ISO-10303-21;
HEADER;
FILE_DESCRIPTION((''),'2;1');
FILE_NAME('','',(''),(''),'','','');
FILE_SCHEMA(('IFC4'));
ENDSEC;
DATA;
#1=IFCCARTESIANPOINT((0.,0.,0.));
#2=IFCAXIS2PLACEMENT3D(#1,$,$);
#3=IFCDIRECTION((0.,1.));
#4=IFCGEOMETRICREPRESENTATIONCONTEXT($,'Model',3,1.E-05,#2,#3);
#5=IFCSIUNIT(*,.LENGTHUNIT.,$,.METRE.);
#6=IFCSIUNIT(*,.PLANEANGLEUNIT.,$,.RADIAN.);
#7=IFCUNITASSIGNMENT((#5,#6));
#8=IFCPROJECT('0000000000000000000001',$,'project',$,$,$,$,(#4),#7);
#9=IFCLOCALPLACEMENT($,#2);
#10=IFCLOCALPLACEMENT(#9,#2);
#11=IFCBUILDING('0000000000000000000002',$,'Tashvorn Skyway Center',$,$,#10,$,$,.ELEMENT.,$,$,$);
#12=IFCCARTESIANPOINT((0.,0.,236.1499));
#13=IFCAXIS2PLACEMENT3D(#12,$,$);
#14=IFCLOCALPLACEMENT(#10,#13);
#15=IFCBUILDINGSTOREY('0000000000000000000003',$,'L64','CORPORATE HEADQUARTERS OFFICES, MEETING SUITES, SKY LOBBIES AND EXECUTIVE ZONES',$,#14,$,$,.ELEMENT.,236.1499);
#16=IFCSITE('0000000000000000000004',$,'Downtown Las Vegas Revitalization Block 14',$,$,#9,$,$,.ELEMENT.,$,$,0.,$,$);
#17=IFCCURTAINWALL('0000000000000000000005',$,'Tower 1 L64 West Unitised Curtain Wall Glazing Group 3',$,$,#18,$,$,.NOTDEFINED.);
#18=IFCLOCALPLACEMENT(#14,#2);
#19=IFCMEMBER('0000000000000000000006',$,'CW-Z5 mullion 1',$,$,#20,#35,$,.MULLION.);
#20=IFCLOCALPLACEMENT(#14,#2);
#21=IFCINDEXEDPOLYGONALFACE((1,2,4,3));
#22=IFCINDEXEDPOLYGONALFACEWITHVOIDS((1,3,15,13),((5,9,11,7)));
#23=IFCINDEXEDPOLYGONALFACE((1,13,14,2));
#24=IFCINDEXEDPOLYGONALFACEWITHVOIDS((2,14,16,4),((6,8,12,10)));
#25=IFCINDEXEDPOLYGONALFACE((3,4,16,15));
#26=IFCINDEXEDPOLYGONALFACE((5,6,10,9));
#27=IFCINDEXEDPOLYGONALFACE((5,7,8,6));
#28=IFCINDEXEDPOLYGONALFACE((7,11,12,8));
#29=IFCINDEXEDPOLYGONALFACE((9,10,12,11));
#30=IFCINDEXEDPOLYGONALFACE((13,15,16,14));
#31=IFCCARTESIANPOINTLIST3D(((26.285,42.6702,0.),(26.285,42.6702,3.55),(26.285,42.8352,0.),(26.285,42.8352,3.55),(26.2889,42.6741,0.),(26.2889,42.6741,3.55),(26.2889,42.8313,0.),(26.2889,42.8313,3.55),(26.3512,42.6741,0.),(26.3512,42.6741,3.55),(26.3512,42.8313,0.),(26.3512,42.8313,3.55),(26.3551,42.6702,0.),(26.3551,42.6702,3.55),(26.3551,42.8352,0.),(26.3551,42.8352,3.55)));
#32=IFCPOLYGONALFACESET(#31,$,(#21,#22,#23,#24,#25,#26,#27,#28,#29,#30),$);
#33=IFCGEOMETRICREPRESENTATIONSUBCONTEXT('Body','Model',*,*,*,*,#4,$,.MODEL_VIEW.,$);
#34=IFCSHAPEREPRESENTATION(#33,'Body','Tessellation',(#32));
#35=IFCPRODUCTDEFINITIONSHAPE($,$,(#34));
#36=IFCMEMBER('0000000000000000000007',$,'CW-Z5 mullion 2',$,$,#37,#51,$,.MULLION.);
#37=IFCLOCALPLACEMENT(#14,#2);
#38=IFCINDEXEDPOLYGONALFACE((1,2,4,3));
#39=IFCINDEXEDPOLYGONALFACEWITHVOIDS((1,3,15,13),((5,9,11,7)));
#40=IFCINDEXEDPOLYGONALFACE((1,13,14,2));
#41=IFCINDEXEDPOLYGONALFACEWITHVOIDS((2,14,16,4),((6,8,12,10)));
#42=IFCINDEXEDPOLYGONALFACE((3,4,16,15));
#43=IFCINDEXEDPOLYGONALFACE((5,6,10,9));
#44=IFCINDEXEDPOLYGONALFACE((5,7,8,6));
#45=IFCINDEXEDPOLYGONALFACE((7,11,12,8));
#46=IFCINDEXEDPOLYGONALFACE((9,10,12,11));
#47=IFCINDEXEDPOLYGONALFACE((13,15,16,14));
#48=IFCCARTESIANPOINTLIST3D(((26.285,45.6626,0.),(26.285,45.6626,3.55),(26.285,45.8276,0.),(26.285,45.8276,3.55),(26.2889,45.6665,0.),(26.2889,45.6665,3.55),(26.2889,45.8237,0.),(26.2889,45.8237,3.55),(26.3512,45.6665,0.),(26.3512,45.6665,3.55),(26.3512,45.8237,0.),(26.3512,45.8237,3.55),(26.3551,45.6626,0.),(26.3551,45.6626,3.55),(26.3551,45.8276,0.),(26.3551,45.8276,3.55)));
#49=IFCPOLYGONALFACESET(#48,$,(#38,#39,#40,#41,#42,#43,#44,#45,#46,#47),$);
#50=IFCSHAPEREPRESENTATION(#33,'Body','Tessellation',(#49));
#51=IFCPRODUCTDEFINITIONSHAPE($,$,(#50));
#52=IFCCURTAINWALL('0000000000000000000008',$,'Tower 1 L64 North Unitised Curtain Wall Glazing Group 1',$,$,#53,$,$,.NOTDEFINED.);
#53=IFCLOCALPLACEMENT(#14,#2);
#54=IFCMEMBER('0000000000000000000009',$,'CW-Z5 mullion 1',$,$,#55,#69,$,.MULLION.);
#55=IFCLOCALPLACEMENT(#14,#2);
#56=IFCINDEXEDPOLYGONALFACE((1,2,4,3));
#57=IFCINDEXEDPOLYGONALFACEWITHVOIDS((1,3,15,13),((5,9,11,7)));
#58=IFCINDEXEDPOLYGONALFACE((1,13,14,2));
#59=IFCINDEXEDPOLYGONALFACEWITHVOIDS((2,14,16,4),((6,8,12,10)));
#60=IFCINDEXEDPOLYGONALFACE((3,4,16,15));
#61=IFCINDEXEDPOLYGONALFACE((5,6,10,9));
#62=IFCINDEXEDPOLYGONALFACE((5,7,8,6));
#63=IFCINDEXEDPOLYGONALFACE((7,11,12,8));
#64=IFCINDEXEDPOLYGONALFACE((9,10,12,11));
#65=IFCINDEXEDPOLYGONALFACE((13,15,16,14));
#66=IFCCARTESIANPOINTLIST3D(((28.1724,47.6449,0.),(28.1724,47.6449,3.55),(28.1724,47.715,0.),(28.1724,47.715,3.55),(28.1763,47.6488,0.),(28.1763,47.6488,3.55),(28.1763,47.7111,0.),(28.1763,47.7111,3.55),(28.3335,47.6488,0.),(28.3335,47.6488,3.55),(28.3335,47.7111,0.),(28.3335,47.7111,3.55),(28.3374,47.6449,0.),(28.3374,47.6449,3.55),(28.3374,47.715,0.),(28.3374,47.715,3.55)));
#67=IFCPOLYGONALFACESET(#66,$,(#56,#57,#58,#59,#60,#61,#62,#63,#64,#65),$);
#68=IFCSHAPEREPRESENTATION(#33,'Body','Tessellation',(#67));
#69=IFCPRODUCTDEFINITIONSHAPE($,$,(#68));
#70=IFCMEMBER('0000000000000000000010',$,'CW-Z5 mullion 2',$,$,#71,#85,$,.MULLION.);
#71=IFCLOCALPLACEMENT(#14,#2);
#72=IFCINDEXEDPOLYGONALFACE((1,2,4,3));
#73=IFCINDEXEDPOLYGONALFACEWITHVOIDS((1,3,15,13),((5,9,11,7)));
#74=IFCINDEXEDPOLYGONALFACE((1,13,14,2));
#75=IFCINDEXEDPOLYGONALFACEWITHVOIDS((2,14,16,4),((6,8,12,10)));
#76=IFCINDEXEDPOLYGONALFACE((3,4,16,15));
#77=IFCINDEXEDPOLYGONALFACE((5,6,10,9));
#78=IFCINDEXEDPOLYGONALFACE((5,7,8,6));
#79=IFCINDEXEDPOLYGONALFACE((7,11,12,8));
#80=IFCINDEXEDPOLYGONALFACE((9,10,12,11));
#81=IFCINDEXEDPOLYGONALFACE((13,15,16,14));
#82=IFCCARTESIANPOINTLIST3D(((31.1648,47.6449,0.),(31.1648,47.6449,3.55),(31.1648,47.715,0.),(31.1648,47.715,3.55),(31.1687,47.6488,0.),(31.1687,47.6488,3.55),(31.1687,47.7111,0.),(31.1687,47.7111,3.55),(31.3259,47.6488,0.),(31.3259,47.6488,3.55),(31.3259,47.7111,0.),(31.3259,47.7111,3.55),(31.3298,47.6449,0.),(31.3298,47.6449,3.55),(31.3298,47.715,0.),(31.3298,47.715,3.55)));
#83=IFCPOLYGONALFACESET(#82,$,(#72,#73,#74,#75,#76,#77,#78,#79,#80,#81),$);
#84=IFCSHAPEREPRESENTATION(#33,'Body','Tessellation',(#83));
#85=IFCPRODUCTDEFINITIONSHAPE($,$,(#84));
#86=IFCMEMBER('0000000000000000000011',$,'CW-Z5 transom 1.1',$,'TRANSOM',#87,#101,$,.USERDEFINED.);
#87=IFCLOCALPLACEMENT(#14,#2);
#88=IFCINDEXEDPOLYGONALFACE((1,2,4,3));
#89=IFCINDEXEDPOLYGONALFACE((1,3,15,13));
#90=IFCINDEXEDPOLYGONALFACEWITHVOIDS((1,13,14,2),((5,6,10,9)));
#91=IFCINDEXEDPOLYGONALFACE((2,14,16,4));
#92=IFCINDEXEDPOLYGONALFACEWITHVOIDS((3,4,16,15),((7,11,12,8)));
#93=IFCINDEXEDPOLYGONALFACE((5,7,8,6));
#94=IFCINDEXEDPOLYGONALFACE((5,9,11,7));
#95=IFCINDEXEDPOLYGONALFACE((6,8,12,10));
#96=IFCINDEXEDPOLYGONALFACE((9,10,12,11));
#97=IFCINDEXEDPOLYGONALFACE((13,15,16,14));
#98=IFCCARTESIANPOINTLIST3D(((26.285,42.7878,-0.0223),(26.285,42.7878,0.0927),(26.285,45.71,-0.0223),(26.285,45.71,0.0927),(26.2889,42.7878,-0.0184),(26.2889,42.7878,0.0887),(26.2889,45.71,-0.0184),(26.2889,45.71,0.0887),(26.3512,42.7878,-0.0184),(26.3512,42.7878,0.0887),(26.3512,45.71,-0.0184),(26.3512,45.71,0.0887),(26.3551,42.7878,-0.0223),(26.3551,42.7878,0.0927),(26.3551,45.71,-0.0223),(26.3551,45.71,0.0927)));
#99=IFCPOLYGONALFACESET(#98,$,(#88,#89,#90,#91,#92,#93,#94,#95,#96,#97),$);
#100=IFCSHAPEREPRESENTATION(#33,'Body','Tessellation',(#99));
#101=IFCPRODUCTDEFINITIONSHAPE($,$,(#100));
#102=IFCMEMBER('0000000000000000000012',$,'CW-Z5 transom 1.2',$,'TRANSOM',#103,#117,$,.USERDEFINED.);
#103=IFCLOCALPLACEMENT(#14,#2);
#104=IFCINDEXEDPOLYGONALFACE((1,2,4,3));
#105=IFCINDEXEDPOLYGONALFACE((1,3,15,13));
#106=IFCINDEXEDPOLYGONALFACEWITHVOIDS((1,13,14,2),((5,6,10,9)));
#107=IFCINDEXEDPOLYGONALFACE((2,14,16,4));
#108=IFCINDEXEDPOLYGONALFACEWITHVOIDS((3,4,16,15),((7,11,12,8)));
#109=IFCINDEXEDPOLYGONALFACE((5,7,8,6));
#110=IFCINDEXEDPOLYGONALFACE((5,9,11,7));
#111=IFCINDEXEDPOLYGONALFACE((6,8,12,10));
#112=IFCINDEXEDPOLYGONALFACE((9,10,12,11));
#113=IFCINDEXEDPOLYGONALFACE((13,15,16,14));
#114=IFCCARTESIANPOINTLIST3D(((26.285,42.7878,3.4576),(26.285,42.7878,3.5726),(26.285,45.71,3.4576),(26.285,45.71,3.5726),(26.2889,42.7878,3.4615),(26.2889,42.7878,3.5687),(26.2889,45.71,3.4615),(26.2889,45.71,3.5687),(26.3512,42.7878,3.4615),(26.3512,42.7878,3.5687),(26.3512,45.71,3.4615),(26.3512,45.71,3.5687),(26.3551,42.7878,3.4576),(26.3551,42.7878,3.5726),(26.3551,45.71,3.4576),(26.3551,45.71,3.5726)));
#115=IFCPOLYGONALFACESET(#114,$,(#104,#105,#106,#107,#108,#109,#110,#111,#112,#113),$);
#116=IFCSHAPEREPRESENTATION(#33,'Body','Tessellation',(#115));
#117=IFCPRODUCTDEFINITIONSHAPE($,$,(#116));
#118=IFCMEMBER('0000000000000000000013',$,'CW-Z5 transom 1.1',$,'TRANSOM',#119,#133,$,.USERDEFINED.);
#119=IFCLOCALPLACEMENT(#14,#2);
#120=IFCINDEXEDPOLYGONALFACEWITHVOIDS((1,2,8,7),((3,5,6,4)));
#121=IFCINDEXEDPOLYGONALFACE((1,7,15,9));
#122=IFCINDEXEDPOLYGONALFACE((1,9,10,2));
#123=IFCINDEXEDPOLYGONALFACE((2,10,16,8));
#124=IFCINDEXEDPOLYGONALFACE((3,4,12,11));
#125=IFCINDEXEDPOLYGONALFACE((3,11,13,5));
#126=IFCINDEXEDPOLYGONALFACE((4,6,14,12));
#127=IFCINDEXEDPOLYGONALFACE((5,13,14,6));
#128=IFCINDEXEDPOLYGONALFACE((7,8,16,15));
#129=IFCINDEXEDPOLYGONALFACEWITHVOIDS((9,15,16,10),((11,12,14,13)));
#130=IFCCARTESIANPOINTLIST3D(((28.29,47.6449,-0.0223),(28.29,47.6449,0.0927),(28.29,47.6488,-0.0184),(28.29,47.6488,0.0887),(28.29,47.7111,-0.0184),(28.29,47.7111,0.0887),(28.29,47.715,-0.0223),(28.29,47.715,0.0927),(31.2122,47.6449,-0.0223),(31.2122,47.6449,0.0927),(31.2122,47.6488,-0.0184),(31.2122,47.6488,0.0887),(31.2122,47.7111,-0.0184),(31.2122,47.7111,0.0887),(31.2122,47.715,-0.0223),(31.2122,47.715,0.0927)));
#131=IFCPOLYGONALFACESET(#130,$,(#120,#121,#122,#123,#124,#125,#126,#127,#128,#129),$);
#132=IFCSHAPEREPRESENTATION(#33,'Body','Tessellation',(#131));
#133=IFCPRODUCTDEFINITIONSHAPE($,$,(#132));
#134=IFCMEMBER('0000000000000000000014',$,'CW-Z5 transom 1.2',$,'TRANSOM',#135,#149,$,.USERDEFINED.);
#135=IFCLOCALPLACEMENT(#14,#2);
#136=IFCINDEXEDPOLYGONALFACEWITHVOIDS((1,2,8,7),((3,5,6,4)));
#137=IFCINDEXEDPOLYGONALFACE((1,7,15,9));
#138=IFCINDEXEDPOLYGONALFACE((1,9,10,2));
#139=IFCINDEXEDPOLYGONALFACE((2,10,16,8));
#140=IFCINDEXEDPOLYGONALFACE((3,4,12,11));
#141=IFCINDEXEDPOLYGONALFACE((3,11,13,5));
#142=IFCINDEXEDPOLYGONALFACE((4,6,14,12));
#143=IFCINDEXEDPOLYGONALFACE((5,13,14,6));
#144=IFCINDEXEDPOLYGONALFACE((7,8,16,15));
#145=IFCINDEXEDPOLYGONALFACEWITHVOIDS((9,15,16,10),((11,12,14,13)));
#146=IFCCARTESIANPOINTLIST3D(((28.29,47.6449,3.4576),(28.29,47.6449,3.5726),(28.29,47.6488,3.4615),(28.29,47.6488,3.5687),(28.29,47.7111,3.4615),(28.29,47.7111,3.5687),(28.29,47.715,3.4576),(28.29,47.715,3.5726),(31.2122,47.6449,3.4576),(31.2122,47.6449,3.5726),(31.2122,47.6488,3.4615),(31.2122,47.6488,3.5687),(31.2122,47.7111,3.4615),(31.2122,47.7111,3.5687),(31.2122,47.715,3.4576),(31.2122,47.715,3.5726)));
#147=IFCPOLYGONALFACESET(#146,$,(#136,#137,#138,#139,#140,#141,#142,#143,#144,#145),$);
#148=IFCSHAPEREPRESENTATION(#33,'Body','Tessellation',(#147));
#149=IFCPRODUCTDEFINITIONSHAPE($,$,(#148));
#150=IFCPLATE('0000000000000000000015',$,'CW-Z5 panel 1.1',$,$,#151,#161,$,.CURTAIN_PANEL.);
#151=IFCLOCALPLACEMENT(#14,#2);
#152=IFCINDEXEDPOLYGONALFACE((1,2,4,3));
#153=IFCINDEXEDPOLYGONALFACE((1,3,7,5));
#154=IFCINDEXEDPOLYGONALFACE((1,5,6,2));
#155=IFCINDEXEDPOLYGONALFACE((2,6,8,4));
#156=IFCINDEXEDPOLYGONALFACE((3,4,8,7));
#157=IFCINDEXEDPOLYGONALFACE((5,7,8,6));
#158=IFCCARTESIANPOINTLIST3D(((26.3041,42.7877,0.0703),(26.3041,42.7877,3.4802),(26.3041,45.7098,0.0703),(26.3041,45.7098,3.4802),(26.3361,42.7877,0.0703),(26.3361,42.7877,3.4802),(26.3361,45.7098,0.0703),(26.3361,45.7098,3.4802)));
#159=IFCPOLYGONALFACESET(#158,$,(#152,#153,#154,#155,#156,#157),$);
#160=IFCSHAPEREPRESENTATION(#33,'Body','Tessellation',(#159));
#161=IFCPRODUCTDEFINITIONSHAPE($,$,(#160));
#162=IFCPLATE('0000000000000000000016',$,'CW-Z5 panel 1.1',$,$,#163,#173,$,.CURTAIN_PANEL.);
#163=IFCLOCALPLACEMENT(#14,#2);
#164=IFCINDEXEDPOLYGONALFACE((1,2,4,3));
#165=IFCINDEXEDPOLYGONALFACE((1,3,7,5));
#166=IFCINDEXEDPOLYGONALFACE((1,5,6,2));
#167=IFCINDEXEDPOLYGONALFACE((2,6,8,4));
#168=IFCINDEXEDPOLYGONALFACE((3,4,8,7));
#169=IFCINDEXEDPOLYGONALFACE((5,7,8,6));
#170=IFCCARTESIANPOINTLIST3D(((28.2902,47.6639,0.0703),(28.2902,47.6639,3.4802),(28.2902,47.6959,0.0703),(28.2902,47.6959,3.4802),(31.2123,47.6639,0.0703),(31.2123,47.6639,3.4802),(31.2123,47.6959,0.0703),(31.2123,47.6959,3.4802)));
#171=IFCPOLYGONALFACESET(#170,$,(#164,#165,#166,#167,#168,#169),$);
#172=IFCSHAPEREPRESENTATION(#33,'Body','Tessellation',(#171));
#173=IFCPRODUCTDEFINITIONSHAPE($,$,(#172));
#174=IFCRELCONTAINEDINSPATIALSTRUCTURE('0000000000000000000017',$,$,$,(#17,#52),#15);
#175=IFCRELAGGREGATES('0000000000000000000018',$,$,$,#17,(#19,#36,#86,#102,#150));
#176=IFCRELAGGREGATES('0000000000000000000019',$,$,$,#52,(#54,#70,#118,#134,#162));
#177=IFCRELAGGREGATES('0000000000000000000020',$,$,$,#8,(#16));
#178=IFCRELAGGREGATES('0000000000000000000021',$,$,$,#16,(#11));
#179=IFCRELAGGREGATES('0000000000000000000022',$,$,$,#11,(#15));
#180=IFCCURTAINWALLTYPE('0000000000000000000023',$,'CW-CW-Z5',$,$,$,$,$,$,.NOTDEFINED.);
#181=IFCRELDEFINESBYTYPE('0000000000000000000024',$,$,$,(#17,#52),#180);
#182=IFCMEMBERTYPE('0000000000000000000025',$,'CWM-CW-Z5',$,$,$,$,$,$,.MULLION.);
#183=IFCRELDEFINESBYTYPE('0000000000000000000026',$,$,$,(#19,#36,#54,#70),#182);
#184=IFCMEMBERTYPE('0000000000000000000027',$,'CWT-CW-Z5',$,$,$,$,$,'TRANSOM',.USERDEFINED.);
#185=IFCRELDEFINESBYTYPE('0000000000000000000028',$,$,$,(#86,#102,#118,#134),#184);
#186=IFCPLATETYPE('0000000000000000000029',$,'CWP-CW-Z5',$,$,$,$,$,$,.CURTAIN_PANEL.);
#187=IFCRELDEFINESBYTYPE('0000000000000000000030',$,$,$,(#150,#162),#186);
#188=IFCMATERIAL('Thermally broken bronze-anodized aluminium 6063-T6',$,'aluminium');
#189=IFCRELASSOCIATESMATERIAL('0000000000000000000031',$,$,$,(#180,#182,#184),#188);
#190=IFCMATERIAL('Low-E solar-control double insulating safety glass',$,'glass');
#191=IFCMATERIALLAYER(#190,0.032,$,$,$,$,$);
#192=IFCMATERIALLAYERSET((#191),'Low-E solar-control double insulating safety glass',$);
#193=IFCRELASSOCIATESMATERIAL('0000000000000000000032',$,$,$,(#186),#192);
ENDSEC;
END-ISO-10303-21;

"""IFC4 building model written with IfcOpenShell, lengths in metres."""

from ifc_helpers import new_model, si_unit, direction, frame, origin, origin_2d, place, context, subcontext, project, spatial, rectangle, hollow_rectangle, extrude, material, layer, layer_set, material_profile, profile_set, type_object, element, aggregate, save


model = new_model("IFC4")

# Units and contexts
model_context = context("Model", 3, precision=1e-05, world=origin(), true_north=direction((0.0, 1.0)))
body_context = subcontext(model_context, "Body", "Model", "MODEL_VIEW")
ifc_project = project(units=[si_unit("LENGTHUNIT", "METRE"), si_unit("PLANEANGLEUNIT", "RADIAN")], contexts=[model_context])

# Site, building, storey
site_placement = place(None, origin())
site = spatial("IfcSite", under=ifc_project, at=site_placement, Name="Downtown Las Vegas Revitalization Block 14", CompositionType="ELEMENT", RefElevation=0.0)
building_placement = place(site_placement, origin())
building = spatial("IfcBuilding", under=site, at=building_placement, Name="Tashvorn Skyway Center", CompositionType="ELEMENT")
storey_placement = place(building_placement, frame((0.0, 0.0, 236.1499)))
storey = spatial("IfcBuildingStorey", under=building, at=storey_placement, Name="L64", Description="CORPORATE HEADQUARTERS OFFICES, MEETING SUITES, SKY LOBBIES AND EXECUTIVE ZONES", CompositionType="ELEMENT", Elevation=236.1499)

# Curtain walls, members
ifc_material_1 = material(Name="Thermally broken bronze-anodized aluminium 6063-T6", Category="aluminium")
curtain_wall_type = type_object("IfcCurtainWallType", Name="CW-CW-Z5", PredefinedType="NOTDEFINED", material=ifc_material_1)
curtain_wall_1_placement = place(storey_placement, origin())
curtain_wall_1 = element("IfcCurtainWall", 1, at=curtain_wall_1_placement, inside=storey, type_object=curtain_wall_type, Name="Tower 1 L64 West Unitised Curtain Wall Glazing Group 3", PredefinedType="NOTDEFINED")
ifc_material_profile_1 = material_profile(ifc_material_1, hollow_rectangle(XDim=0.0701, YDim=0.165, WallThickness=0.0039, at=origin_2d()), Name="ALU-MULL-70x165")
ifc_profile_set_1 = profile_set([ifc_material_profile_1], Name="Thermally broken bronze-anodized aluminium 6063-T6")
member_type_1 = type_object("IfcMemberType", Name="CWM-CW-Z5", PredefinedType="MULLION", material=ifc_profile_set_1)
member_1_placement = place(storey_placement, frame((26.3201, 42.7527, 0.0), z_axis=(0.0, 0.0, 1.0), x_axis=(-1.0, 0.0, 0.0)))
member_1 = element("IfcMember", 2, at=member_1_placement, type_object=member_type_1, Name="CW-Z5 mullion 1", PredefinedType="MULLION", context=body_context, shape_type="SweptSolid", body=[
    extrude(hollow_rectangle(XDim=0.0701, YDim=0.165, WallThickness=0.0039, at=origin_2d()), origin(), (0.0, 0.0, 1.0), 3.55),
])
member_2_placement = place(storey_placement, frame((26.3201, 45.7451, 0.0), z_axis=(0.0, 0.0, 1.0), x_axis=(-1.0, 0.0, 0.0)))
member_2 = element("IfcMember", 3, at=member_2_placement, type_object=member_type_1, Name="CW-Z5 mullion 2", PredefinedType="MULLION", context=body_context, shape_type="SweptSolid", body=[
    extrude(hollow_rectangle(XDim=0.0701, YDim=0.165, WallThickness=0.0039, at=origin_2d()), origin(), (0.0, 0.0, 1.0), 3.55),
])
curtain_wall_2_placement = place(storey_placement, origin())
curtain_wall_2 = element("IfcCurtainWall", 4, at=curtain_wall_2_placement, inside=storey, type_object=curtain_wall_type, Name="Tower 1 L64 North Unitised Curtain Wall Glazing Group 1", PredefinedType="NOTDEFINED")
member_3_placement = place(storey_placement, frame((28.2549, 47.6799, 0.0), z_axis=(0.0, 0.0, 1.0), x_axis=(0.0, 1.0, 0.0)))
member_3 = element("IfcMember", 5, at=member_3_placement, type_object=member_type_1, Name="CW-Z5 mullion 1", PredefinedType="MULLION", context=body_context, shape_type="SweptSolid", body=[
    extrude(hollow_rectangle(XDim=0.0701, YDim=0.165, WallThickness=0.0039, at=origin_2d()), origin(), (0.0, 0.0, 1.0), 3.55),
])
member_4_placement = place(storey_placement, frame((31.2473, 47.6799, 0.0), z_axis=(0.0, 0.0, 1.0), x_axis=(0.0, 1.0, 0.0)))
member_4 = element("IfcMember", 6, at=member_4_placement, type_object=member_type_1, Name="CW-Z5 mullion 2", PredefinedType="MULLION", context=body_context, shape_type="SweptSolid", body=[
    extrude(hollow_rectangle(XDim=0.0701, YDim=0.165, WallThickness=0.0039, at=origin_2d()), origin(), (0.0, 0.0, 1.0), 3.55),
])

# Members
ifc_material_profile_2 = material_profile(ifc_material_1, hollow_rectangle(XDim=0.0701, YDim=0.115, WallThickness=0.0039, at=origin_2d()), Name="ALU-TRAN-70x115")
ifc_profile_set_2 = profile_set([ifc_material_profile_2], Name="Thermally broken bronze-anodized aluminium 6063-T6")
member_type_2 = type_object("IfcMemberType", Name="CWT-CW-Z5", ElementType="TRANSOM", PredefinedType="USERDEFINED", material=ifc_profile_set_2)
member_5_placement = place(storey_placement, frame((26.3201, 42.7878, 0.0352), z_axis=(0.0, 1.0, 0.0), x_axis=(-1.0, 0.0, 0.0)))
member_5 = element("IfcMember", 7, at=member_5_placement, type_object=member_type_2, Name="CW-Z5 transom 1.1", ObjectType="TRANSOM", PredefinedType="USERDEFINED", context=body_context, shape_type="SweptSolid", body=[
    extrude(hollow_rectangle(XDim=0.0701, YDim=0.115, WallThickness=0.0039, at=origin_2d()), origin(), (0.0, 0.0, 1.0), 2.9221),
])
member_6_placement = place(storey_placement, frame((26.3201, 42.7878, 3.5151), z_axis=(0.0, 1.0, 0.0), x_axis=(-1.0, 0.0, 0.0)))
member_6 = element("IfcMember", 8, at=member_6_placement, type_object=member_type_2, Name="CW-Z5 transom 1.2", ObjectType="TRANSOM", PredefinedType="USERDEFINED", context=body_context, shape_type="SweptSolid", body=[
    extrude(hollow_rectangle(XDim=0.0701, YDim=0.115, WallThickness=0.0039, at=origin_2d()), origin(), (0.0, 0.0, 1.0), 2.9221),
])
member_7_placement = place(storey_placement, frame((28.29, 47.6799, 0.0352), z_axis=(1.0, 0.0, 0.0), x_axis=(0.0, 1.0, 0.0)))
member_7 = element("IfcMember", 9, at=member_7_placement, type_object=member_type_2, Name="CW-Z5 transom 1.1", ObjectType="TRANSOM", PredefinedType="USERDEFINED", context=body_context, shape_type="SweptSolid", body=[
    extrude(hollow_rectangle(XDim=0.0701, YDim=0.115, WallThickness=0.0039, at=origin_2d()), origin(), (0.0, 0.0, 1.0), 2.9221),
])
member_8_placement = place(storey_placement, frame((28.29, 47.6799, 3.5151), z_axis=(1.0, 0.0, 0.0), x_axis=(0.0, 1.0, 0.0)))
member_8 = element("IfcMember", 10, at=member_8_placement, type_object=member_type_2, Name="CW-Z5 transom 1.2", ObjectType="TRANSOM", PredefinedType="USERDEFINED", context=body_context, shape_type="SweptSolid", body=[
    extrude(hollow_rectangle(XDim=0.0701, YDim=0.115, WallThickness=0.0039, at=origin_2d()), origin(), (0.0, 0.0, 1.0), 2.9221),
])

# Plates
ifc_material_2 = material(Name="Low-E solar-control double insulating safety glass", Category="glass")
ifc_layer_1 = layer(ifc_material_2, 0.032)
ifc_layer_set_1 = layer_set([ifc_layer_1], Name="Low-E solar-control double insulating safety glass")
plate_type = type_object("IfcPlateType", Name="CWP-CW-Z5", PredefinedType="CURTAIN_PANEL", material=ifc_layer_set_1)
plate_1_placement = place(storey_placement, frame((26.3201, 44.2488, 0.0703), z_axis=(0.0, 0.0, 1.0), x_axis=(0.0, 1.0, 0.0)))
plate_1 = element("IfcPlate", 11, at=plate_1_placement, type_object=plate_type, Name="CW-Z5 panel 1.1", PredefinedType="CURTAIN_PANEL", context=body_context, shape_type="SweptSolid", body=[
    extrude(rectangle(XDim=2.9221, YDim=0.032, at=origin_2d()), origin(), (0.0, 0.0, 1.0), 3.4099),
])
aggregate(curtain_wall_1, [member_1, member_2, member_5, member_6, plate_1])
plate_2_placement = place(storey_placement, frame((29.7512, 47.6799, 0.0703), z_axis=(0.0, 0.0, 1.0), x_axis=(1.0, 0.0, 0.0)))
plate_2 = element("IfcPlate", 12, at=plate_2_placement, type_object=plate_type, Name="CW-Z5 panel 1.1", PredefinedType="CURTAIN_PANEL", context=body_context, shape_type="SweptSolid", body=[
    extrude(rectangle(XDim=2.9221, YDim=0.032, at=origin_2d()), origin(), (0.0, 0.0, 1.0), 3.4099),
])
aggregate(curtain_wall_2, [member_3, member_4, member_7, member_8, plate_2])

save(model, "model.ifc")
